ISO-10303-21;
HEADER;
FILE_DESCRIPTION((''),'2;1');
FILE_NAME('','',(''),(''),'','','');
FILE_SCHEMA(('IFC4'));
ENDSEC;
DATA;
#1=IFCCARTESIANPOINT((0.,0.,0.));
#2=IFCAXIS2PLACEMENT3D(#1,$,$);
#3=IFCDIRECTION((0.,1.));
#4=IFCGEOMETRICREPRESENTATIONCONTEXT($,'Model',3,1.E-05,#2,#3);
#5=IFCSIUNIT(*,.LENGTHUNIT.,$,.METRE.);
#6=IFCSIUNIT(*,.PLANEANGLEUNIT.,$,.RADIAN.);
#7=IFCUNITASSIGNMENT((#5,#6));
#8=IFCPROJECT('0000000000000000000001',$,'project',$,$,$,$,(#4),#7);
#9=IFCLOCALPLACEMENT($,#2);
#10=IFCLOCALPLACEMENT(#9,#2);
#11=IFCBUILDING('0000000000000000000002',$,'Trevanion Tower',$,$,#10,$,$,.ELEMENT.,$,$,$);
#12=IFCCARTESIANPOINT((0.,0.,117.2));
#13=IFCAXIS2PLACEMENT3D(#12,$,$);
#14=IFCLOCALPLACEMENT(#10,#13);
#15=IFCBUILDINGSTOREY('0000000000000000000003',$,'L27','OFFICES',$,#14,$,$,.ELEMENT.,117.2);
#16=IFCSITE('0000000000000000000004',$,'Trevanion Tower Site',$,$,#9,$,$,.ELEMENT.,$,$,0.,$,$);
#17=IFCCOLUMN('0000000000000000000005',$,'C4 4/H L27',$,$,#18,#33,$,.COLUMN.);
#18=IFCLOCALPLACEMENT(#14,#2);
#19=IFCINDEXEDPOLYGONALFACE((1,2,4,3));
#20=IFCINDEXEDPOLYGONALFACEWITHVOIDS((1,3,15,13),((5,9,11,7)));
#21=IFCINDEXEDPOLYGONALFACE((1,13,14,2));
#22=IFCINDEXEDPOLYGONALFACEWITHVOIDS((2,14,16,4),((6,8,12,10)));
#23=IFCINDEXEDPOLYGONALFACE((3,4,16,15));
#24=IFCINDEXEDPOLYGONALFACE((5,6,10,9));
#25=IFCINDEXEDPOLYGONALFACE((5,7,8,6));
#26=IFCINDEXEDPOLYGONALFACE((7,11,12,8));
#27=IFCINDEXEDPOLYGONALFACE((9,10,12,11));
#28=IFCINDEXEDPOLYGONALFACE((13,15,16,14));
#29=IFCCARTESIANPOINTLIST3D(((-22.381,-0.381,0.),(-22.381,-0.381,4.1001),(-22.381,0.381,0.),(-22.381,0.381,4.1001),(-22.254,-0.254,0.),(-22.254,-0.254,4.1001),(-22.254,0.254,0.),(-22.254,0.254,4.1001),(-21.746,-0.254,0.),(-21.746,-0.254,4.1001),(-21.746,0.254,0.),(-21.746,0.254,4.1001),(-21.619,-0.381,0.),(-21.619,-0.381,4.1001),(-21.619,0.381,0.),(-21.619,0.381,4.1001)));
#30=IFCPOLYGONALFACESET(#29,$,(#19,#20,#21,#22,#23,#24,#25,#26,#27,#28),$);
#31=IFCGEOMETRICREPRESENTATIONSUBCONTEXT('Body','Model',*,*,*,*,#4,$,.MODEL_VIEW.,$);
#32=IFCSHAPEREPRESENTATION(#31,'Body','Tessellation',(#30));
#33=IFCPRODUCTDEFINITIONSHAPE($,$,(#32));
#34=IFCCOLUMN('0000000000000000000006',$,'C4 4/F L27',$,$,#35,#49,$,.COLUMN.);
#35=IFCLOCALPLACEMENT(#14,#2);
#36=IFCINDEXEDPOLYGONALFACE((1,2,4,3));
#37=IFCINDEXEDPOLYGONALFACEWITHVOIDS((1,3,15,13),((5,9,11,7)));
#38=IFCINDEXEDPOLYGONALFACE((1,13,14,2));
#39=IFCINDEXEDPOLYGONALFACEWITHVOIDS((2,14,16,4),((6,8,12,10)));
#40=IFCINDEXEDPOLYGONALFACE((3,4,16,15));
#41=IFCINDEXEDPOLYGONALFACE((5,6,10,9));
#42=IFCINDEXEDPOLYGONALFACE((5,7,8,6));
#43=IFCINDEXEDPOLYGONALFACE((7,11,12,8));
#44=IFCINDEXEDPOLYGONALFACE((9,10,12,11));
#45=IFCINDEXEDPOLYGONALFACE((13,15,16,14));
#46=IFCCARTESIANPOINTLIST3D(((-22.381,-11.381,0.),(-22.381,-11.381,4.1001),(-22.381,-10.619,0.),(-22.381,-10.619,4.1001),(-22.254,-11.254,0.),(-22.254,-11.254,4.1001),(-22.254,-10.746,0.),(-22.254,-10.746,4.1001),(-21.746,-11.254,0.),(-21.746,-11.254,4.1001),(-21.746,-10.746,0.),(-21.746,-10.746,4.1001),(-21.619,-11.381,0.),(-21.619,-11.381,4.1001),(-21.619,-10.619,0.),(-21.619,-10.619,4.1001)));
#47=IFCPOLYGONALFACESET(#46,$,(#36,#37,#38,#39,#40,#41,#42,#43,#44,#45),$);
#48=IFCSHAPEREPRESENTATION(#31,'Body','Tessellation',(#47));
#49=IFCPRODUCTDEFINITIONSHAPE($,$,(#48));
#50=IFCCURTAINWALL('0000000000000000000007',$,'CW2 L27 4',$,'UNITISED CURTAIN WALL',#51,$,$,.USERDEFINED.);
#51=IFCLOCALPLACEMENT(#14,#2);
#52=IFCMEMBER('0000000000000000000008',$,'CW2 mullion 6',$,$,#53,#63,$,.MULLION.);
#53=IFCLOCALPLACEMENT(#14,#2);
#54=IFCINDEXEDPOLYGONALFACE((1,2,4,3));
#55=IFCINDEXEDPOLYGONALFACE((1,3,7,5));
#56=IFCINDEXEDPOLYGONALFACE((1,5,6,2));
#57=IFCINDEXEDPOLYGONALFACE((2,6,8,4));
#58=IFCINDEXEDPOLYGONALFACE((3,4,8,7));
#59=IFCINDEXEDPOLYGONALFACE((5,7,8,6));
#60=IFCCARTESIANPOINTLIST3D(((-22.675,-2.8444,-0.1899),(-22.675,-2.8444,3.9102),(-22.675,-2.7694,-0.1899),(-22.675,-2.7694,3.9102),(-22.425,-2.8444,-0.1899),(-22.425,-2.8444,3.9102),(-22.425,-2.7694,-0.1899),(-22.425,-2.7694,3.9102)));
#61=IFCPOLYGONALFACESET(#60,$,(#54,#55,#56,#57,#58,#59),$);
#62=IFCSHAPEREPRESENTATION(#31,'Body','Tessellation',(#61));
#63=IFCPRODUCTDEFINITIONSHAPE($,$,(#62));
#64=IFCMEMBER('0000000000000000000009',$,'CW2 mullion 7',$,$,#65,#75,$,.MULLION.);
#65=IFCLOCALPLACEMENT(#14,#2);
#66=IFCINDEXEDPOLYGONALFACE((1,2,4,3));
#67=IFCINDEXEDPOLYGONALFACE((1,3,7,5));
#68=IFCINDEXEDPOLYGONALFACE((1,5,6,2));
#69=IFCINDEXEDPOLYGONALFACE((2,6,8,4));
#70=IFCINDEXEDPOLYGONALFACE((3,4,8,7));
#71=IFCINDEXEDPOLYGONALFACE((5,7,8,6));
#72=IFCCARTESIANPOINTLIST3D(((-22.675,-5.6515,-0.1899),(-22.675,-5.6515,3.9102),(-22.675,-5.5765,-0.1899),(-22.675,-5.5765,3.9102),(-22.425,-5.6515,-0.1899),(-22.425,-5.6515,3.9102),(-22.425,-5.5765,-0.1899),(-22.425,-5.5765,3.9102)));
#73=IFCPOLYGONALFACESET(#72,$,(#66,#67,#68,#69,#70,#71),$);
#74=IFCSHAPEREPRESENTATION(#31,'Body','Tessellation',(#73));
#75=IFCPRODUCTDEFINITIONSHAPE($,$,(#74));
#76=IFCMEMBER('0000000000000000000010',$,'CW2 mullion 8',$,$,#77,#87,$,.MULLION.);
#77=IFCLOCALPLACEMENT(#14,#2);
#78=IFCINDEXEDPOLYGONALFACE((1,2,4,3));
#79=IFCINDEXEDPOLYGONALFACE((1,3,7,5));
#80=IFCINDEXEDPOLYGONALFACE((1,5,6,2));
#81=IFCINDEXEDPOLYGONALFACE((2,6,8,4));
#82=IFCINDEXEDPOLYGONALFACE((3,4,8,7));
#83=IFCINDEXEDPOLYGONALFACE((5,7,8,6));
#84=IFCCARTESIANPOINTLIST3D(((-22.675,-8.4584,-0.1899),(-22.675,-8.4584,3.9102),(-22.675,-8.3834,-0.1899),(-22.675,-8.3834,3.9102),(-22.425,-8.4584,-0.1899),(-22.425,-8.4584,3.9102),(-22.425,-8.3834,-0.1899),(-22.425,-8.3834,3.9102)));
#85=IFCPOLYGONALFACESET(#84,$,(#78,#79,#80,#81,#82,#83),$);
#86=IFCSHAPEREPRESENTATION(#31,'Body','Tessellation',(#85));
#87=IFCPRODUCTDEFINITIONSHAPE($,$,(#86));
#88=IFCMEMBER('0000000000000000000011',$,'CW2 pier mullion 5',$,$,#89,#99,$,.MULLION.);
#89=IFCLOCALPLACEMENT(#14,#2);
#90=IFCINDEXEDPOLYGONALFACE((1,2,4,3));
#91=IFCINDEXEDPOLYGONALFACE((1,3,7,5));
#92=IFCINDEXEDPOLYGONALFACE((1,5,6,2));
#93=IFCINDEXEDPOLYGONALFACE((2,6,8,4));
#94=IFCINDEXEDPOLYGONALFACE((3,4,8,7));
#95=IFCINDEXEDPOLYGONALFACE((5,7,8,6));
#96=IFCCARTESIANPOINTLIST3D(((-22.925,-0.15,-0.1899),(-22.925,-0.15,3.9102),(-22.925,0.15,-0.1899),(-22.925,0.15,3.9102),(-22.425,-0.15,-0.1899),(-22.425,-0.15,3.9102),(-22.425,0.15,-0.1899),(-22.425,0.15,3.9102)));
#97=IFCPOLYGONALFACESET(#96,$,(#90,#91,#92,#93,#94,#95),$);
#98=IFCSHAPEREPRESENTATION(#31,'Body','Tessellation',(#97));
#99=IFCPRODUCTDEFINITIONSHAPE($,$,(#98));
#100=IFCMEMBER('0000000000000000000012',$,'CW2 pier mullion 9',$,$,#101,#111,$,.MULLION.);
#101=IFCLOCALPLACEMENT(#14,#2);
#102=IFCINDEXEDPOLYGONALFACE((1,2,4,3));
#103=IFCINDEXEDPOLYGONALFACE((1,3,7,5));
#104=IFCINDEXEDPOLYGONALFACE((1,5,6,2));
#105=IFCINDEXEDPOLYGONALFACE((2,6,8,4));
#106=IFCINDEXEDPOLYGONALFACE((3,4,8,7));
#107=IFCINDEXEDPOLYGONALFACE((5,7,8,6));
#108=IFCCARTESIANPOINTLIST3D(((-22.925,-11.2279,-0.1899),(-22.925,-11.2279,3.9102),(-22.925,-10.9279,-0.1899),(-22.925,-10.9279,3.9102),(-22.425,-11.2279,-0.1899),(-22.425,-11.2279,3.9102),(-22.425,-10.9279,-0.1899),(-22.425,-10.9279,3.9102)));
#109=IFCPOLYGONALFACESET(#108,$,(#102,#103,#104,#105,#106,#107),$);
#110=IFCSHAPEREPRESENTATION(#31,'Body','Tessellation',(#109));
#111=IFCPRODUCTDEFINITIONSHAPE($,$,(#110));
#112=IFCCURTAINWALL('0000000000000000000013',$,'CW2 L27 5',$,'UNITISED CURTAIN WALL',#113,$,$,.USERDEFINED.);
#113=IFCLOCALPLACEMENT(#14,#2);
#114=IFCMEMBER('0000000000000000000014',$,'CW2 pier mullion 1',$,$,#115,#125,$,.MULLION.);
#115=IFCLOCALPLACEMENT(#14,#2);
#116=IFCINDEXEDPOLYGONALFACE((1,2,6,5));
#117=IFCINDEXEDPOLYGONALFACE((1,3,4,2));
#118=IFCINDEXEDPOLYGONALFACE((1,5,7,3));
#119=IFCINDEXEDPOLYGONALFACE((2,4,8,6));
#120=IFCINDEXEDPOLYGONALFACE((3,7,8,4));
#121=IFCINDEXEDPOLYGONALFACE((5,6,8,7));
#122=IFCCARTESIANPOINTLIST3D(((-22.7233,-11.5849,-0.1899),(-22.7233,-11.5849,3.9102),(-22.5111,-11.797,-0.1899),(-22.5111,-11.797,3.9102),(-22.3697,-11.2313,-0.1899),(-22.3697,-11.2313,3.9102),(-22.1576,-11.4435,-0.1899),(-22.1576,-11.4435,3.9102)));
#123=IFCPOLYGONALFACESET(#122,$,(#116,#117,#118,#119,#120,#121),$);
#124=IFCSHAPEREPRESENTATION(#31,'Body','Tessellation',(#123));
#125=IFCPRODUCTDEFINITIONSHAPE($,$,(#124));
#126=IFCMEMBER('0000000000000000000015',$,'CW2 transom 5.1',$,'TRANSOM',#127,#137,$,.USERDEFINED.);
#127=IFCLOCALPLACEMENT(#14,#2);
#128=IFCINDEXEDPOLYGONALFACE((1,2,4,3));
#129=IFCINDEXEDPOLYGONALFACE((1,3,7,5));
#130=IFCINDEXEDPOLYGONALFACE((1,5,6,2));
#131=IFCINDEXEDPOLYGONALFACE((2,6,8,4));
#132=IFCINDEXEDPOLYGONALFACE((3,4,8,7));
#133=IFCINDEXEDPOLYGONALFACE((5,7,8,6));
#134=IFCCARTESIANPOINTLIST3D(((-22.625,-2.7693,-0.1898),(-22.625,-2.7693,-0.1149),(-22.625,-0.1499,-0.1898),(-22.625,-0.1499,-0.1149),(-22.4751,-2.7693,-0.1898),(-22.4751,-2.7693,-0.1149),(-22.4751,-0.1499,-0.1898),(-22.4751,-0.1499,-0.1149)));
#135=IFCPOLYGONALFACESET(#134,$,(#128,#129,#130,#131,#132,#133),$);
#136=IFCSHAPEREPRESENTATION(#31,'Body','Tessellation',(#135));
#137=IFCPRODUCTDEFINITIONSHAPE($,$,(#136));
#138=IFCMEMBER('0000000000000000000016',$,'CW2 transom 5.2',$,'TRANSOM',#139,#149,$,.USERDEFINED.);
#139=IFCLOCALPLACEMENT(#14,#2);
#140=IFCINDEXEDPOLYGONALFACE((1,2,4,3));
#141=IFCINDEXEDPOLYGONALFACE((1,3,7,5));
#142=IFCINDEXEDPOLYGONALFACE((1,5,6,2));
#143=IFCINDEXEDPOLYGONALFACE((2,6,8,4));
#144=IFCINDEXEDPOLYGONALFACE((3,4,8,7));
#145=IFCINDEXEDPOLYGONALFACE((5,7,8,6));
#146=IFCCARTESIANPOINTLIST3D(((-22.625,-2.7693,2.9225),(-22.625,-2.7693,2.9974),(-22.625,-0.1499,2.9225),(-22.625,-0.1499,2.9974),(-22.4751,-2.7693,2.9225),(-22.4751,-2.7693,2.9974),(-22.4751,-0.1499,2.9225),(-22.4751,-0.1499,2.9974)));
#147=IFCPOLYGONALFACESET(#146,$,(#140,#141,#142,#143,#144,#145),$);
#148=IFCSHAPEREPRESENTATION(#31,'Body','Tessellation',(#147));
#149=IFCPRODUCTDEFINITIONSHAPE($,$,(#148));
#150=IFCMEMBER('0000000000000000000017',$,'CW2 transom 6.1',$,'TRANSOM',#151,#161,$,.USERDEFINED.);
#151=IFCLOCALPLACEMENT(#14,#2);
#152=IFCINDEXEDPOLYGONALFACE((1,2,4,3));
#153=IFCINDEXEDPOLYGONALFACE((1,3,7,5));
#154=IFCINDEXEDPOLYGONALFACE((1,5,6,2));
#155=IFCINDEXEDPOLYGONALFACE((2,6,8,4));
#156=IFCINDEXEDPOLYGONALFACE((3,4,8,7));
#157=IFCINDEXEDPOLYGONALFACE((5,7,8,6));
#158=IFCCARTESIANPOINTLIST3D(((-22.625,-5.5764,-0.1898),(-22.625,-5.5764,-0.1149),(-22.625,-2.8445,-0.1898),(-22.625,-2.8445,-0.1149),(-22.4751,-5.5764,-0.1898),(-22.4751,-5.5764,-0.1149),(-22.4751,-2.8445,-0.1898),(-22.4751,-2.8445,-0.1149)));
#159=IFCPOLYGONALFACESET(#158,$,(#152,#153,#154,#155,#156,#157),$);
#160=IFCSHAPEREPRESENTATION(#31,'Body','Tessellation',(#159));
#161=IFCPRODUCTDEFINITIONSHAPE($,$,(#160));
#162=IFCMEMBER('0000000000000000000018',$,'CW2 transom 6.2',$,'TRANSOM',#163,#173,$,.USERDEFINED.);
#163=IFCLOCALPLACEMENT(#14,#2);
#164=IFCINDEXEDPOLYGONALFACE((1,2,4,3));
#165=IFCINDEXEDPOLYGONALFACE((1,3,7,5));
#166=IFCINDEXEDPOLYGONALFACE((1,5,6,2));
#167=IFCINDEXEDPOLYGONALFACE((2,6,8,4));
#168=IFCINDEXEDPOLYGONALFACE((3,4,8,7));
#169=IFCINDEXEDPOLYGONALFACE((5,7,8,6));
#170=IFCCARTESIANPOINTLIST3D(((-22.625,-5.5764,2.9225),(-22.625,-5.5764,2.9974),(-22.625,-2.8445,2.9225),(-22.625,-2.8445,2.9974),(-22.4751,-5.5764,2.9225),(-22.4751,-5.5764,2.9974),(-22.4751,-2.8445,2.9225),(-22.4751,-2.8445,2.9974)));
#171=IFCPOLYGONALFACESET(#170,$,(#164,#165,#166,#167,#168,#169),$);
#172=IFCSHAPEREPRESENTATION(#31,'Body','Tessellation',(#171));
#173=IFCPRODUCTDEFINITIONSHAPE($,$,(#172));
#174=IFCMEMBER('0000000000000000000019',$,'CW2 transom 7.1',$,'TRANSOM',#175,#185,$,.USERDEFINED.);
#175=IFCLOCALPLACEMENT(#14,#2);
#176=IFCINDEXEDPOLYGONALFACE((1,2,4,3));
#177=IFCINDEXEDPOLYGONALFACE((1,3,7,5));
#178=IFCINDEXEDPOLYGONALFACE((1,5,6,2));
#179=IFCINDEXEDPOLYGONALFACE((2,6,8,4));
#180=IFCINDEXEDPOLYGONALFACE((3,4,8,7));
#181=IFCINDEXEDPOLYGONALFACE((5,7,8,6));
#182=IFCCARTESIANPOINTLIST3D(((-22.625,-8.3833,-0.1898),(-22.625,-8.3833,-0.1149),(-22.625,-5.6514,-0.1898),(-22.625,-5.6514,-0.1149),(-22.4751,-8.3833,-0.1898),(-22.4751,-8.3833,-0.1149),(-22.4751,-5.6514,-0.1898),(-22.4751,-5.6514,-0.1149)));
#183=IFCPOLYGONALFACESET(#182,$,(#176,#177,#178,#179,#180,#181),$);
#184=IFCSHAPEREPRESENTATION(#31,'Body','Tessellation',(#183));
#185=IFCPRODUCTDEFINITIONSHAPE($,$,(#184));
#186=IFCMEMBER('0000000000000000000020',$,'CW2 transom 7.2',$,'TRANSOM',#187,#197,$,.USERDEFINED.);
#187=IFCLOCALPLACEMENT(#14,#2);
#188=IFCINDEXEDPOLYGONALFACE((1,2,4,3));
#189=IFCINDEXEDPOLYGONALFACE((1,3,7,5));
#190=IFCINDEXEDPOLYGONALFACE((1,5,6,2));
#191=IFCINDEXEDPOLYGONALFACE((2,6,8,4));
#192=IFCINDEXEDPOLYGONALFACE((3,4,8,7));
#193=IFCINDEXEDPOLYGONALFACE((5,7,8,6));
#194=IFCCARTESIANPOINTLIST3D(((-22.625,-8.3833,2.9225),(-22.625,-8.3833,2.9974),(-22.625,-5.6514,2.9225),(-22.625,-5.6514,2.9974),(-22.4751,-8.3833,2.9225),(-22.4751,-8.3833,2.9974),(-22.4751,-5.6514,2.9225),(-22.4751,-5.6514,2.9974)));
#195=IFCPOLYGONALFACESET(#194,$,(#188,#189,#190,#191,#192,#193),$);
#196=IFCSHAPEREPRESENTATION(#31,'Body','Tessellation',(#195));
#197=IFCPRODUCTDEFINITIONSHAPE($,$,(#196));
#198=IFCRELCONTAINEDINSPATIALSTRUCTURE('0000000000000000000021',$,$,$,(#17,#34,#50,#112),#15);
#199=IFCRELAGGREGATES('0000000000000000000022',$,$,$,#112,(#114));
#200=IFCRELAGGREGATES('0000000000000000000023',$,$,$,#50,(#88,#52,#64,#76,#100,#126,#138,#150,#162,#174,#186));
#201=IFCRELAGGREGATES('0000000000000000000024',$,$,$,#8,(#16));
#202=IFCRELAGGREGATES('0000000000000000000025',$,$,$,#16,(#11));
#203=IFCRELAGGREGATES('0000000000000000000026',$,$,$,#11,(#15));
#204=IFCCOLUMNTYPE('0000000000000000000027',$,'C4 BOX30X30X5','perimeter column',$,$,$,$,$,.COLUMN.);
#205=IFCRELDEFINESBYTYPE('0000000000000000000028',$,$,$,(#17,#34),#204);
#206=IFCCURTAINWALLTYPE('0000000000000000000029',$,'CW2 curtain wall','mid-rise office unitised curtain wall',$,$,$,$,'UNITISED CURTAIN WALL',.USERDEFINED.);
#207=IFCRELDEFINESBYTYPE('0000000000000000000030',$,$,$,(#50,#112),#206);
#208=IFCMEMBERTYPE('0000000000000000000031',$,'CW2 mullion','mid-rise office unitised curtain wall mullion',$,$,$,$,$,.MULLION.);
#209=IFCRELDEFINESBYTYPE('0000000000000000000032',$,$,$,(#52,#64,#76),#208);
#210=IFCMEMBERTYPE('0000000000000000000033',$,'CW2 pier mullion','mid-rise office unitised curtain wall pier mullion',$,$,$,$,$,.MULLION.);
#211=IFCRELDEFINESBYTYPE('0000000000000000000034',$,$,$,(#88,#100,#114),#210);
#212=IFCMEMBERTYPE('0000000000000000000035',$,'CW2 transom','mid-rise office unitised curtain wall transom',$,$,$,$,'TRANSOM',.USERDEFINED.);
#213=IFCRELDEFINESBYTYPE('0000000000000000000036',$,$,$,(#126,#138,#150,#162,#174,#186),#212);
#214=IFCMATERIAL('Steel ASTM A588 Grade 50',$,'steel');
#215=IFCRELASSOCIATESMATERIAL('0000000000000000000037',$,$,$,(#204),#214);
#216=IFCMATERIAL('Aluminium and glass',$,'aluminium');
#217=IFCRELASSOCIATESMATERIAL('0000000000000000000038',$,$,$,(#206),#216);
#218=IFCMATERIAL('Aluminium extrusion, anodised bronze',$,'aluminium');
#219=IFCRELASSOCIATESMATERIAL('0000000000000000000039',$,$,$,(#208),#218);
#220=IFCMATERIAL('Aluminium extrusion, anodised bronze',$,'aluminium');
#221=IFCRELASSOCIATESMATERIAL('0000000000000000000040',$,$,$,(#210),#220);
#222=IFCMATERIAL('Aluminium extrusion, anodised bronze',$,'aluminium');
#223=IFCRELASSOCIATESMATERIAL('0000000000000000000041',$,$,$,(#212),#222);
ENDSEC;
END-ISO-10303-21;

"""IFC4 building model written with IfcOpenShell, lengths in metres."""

from ifc_helpers import new_model, si_unit, direction, frame, origin, origin_2d, place, context, subcontext, project, spatial, rectangle, hollow_rectangle, extrude, material, material_profile, profile_set, type_object, element, aggregate, save


model = new_model("IFC4")

# Units and contexts
model_context = context("Model", 3, precision=1e-05, world=origin(), true_north=direction((0.0, 1.0)))
body_context = subcontext(model_context, "Body", "Model", "MODEL_VIEW")
ifc_project = project(units=[si_unit("LENGTHUNIT", "METRE"), si_unit("PLANEANGLEUNIT", "RADIAN")], contexts=[model_context])

# Site, building, storey
site_placement = place(None, origin())
site = spatial("IfcSite", under=ifc_project, at=site_placement, Name="Trevanion Tower Site", CompositionType="ELEMENT", RefElevation=0.0)
building_placement = place(site_placement, origin())
building = spatial("IfcBuilding", under=site, at=building_placement, Name="Trevanion Tower", CompositionType="ELEMENT")
storey_placement = place(building_placement, frame((0.0, 0.0, 117.2)))
storey = spatial("IfcBuildingStorey", under=building, at=storey_placement, Name="L27", Description="OFFICES", CompositionType="ELEMENT", Elevation=117.2)

# Columns
ifc_material_1 = material(Name="Steel ASTM A588 Grade 50", Category="steel")
ifc_material_profile_1 = material_profile(ifc_material_1, hollow_rectangle(XDim=0.762, YDim=0.762, WallThickness=0.127, at=origin_2d()), Name="BOX30X30X5")
ifc_profile_set_1 = profile_set([ifc_material_profile_1], Name="Steel ASTM A588 Grade 50")
column_type = type_object("IfcColumnType", Name="C4 BOX30X30X5", Description="perimeter column", PredefinedType="COLUMN", material=ifc_profile_set_1)
for number, where, z_axis, x_axis, name in (
    (1, (-22.0, 0.0, 0.0), (0.0, 0.0, 1.0), (0.0, 1.0, 0.0), "C4 4/H L27"),
    (2, (-22.0, -11.0, 0.0), (0.0, 0.0, 1.0), (0.0, 1.0, 0.0), "C4 4/F L27"),
):
    element("IfcColumn", number, at=place(storey_placement, frame(where, z_axis=z_axis, x_axis=x_axis)), inside=storey, type_object=column_type, Name=name, PredefinedType="COLUMN", context=body_context, shape_type="SweptSolid", body=[
        extrude(hollow_rectangle(XDim=0.762, YDim=0.762, WallThickness=0.127, at=origin_2d()), origin(), (0.0, 0.0, 1.0), 4.1001),
    ])

# Curtain wall, members
ifc_material_2 = material(Name="Aluminium and glass", Category="aluminium")
curtain_wall_type = type_object("IfcCurtainWallType", Name="CW2 curtain wall", Description="mid-rise office unitised curtain wall", ElementType="UNITISED CURTAIN WALL", PredefinedType="USERDEFINED", material=ifc_material_2)
curtain_wall_1_placement = place(storey_placement, origin())
curtain_wall_1 = element("IfcCurtainWall", 3, at=curtain_wall_1_placement, inside=storey, type_object=curtain_wall_type, Name="CW2 L27 4", ObjectType="UNITISED CURTAIN WALL", PredefinedType="USERDEFINED")
ifc_material_3 = material(Name="Aluminium extrusion, anodised bronze", Category="aluminium")
ifc_material_profile_2 = material_profile(ifc_material_3, rectangle(XDim=0.075, YDim=0.25, at=origin_2d()), Name="CW2 mullion")
ifc_profile_set_2 = profile_set([ifc_material_profile_2], Name="Aluminium extrusion, anodised bronze")
member_type_1 = type_object("IfcMemberType", Name="CW2 mullion", Description="mid-rise office unitised curtain wall mullion", PredefinedType="MULLION", material=ifc_profile_set_2)
member_1_placement = place(storey_placement, frame((-22.55, -2.8069, -0.1899), z_axis=(0.0, 0.0, 1.0), x_axis=(0.0, -1.0, 0.0)))
member_1 = element("IfcMember", 4, at=member_1_placement, type_object=member_type_1, Name="CW2 mullion 6", PredefinedType="MULLION", context=body_context, shape_type="SweptSolid", body=[
    extrude(rectangle(XDim=0.075, YDim=0.25, at=origin_2d()), origin(), (0.0, 0.0, 1.0), 4.1001),
])
member_2_placement = place(storey_placement, frame((-22.55, -5.614, -0.1899), z_axis=(0.0, 0.0, 1.0), x_axis=(0.0, -1.0, 0.0)))
member_2 = element("IfcMember", 5, at=member_2_placement, type_object=member_type_1, Name="CW2 mullion 7", PredefinedType="MULLION", context=body_context, shape_type="SweptSolid", body=[
    extrude(rectangle(XDim=0.075, YDim=0.25, at=origin_2d()), origin(), (0.0, 0.0, 1.0), 4.1001),
])
member_3_placement = place(storey_placement, frame((-22.55, -8.4209, -0.1899), z_axis=(0.0, 0.0, 1.0), x_axis=(0.0, -1.0, 0.0)))
member_3 = element("IfcMember", 6, at=member_3_placement, type_object=member_type_1, Name="CW2 mullion 8", PredefinedType="MULLION", context=body_context, shape_type="SweptSolid", body=[
    extrude(rectangle(XDim=0.075, YDim=0.25, at=origin_2d()), origin(), (0.0, 0.0, 1.0), 4.1001),
])
ifc_material_4 = material(Name="Aluminium extrusion, anodised bronze", Category="aluminium")
ifc_material_profile_3 = material_profile(ifc_material_4, rectangle(XDim=0.3, YDim=0.5, at=origin_2d()), Name="CW2 pier mullion")
ifc_profile_set_3 = profile_set([ifc_material_profile_3], Name="Aluminium extrusion, anodised bronze")
member_type_2 = type_object("IfcMemberType", Name="CW2 pier mullion", Description="mid-rise office unitised curtain wall pier mullion", PredefinedType="MULLION", material=ifc_profile_set_3)
member_4_placement = place(storey_placement, frame((-22.675, 0.0, -0.1899), z_axis=(0.0, 0.0, 1.0), x_axis=(0.0, -1.0, 0.0)))
member_4 = element("IfcMember", 7, at=member_4_placement, type_object=member_type_2, Name="CW2 pier mullion 5", PredefinedType="MULLION", context=body_context, shape_type="SweptSolid", body=[
    extrude(rectangle(XDim=0.3, YDim=0.5, at=origin_2d()), origin(), (0.0, 0.0, 1.0), 4.1001),
])
member_5_placement = place(storey_placement, frame((-22.675, -11.0779, -0.1899), z_axis=(0.0, 0.0, 1.0), x_axis=(0.0, -1.0, 0.0)))
member_5 = element("IfcMember", 8, at=member_5_placement, type_object=member_type_2, Name="CW2 pier mullion 9", PredefinedType="MULLION", context=body_context, shape_type="SweptSolid", body=[
    extrude(rectangle(XDim=0.3, YDim=0.5, at=origin_2d()), origin(), (0.0, 0.0, 1.0), 4.1001),
])

# Curtain wall, member
curtain_wall_2_placement = place(storey_placement, origin())
curtain_wall_2 = element("IfcCurtainWall", 9, at=curtain_wall_2_placement, inside=storey, type_object=curtain_wall_type, Name="CW2 L27 5", ObjectType="UNITISED CURTAIN WALL", PredefinedType="USERDEFINED")
member_6_placement = place(storey_placement, frame((-22.4404, -11.5142, -0.1899), z_axis=(0.0, 0.0, 1.0), x_axis=(0.707107, -0.707107, 0.0)))
member_6 = element("IfcMember", 10, at=member_6_placement, type_object=member_type_2, Name="CW2 pier mullion 1", PredefinedType="MULLION", context=body_context, shape_type="SweptSolid", body=[
    extrude(rectangle(XDim=0.3, YDim=0.5, at=origin_2d()), origin(), (0.0, 0.0, 1.0), 4.1001),
])

# Members
ifc_material_5 = material(Name="Aluminium extrusion, anodised bronze", Category="aluminium")
ifc_material_profile_4 = material_profile(ifc_material_5, rectangle(XDim=0.1499, YDim=0.075, at=origin_2d()), Name="CW2 transom")
ifc_profile_set_4 = profile_set([ifc_material_profile_4], Name="Aluminium extrusion, anodised bronze")
member_type_3 = type_object("IfcMemberType", Name="CW2 transom", Description="mid-rise office unitised curtain wall transom", ElementType="TRANSOM", PredefinedType="USERDEFINED", material=ifc_profile_set_4)
member_7_placement = place(storey_placement, frame((-22.55, -0.1499, -0.1523), z_axis=(0.0, -1.0, 0.0), x_axis=(1.0, 0.0, 0.0)))
member_7 = element("IfcMember", 11, at=member_7_placement, type_object=member_type_3, Name="CW2 transom 5.1", ObjectType="TRANSOM", PredefinedType="USERDEFINED", context=body_context, shape_type="SweptSolid", body=[
    extrude(rectangle(XDim=0.1499, YDim=0.075, at=origin_2d()), origin(), (0.0, 0.0, 1.0), 2.6194),
])
member_8_placement = place(storey_placement, frame((-22.55, -0.1499, 2.96), z_axis=(0.0, -1.0, 0.0), x_axis=(1.0, 0.0, 0.0)))
member_8 = element("IfcMember", 12, at=member_8_placement, type_object=member_type_3, Name="CW2 transom 5.2", ObjectType="TRANSOM", PredefinedType="USERDEFINED", context=body_context, shape_type="SweptSolid", body=[
    extrude(rectangle(XDim=0.1499, YDim=0.075, at=origin_2d()), origin(), (0.0, 0.0, 1.0), 2.6194),
])
member_9_placement = place(storey_placement, frame((-22.55, -2.8445, -0.1523), z_axis=(0.0, -1.0, 0.0), x_axis=(1.0, 0.0, 0.0)))
member_9 = element("IfcMember", 13, at=member_9_placement, type_object=member_type_3, Name="CW2 transom 6.1", ObjectType="TRANSOM", PredefinedType="USERDEFINED", context=body_context, shape_type="SweptSolid", body=[
    extrude(rectangle(XDim=0.1499, YDim=0.075, at=origin_2d()), origin(), (0.0, 0.0, 1.0), 2.7319),
])
member_10_placement = place(storey_placement, frame((-22.55, -2.8445, 2.96), z_axis=(0.0, -1.0, 0.0), x_axis=(1.0, 0.0, 0.0)))
member_10 = element("IfcMember", 14, at=member_10_placement, type_object=member_type_3, Name="CW2 transom 6.2", ObjectType="TRANSOM", PredefinedType="USERDEFINED", context=body_context, shape_type="SweptSolid", body=[
    extrude(rectangle(XDim=0.1499, YDim=0.075, at=origin_2d()), origin(), (0.0, 0.0, 1.0), 2.7319),
])
member_11_placement = place(storey_placement, frame((-22.55, -5.6514, -0.1523), z_axis=(0.0, -1.0, 0.0), x_axis=(1.0, 0.0, 0.0)))
member_11 = element("IfcMember", 15, at=member_11_placement, type_object=member_type_3, Name="CW2 transom 7.1", ObjectType="TRANSOM", PredefinedType="USERDEFINED", context=body_context, shape_type="SweptSolid", body=[
    extrude(rectangle(XDim=0.1499, YDim=0.075, at=origin_2d()), origin(), (0.0, 0.0, 1.0), 2.7319),
])
member_12_placement = place(storey_placement, frame((-22.55, -5.6514, 2.96), z_axis=(0.0, -1.0, 0.0), x_axis=(1.0, 0.0, 0.0)))
member_12 = element("IfcMember", 16, at=member_12_placement, type_object=member_type_3, Name="CW2 transom 7.2", ObjectType="TRANSOM", PredefinedType="USERDEFINED", context=body_context, shape_type="SweptSolid", body=[
    extrude(rectangle(XDim=0.1499, YDim=0.075, at=origin_2d()), origin(), (0.0, 0.0, 1.0), 2.7319),
])
aggregate(curtain_wall_2, [member_6])

aggregate(curtain_wall_1, [member_4, member_1, member_2, member_3, member_5, member_7, member_8, member_9, member_10, member_11, member_12])

save(model, "model.ifc")
